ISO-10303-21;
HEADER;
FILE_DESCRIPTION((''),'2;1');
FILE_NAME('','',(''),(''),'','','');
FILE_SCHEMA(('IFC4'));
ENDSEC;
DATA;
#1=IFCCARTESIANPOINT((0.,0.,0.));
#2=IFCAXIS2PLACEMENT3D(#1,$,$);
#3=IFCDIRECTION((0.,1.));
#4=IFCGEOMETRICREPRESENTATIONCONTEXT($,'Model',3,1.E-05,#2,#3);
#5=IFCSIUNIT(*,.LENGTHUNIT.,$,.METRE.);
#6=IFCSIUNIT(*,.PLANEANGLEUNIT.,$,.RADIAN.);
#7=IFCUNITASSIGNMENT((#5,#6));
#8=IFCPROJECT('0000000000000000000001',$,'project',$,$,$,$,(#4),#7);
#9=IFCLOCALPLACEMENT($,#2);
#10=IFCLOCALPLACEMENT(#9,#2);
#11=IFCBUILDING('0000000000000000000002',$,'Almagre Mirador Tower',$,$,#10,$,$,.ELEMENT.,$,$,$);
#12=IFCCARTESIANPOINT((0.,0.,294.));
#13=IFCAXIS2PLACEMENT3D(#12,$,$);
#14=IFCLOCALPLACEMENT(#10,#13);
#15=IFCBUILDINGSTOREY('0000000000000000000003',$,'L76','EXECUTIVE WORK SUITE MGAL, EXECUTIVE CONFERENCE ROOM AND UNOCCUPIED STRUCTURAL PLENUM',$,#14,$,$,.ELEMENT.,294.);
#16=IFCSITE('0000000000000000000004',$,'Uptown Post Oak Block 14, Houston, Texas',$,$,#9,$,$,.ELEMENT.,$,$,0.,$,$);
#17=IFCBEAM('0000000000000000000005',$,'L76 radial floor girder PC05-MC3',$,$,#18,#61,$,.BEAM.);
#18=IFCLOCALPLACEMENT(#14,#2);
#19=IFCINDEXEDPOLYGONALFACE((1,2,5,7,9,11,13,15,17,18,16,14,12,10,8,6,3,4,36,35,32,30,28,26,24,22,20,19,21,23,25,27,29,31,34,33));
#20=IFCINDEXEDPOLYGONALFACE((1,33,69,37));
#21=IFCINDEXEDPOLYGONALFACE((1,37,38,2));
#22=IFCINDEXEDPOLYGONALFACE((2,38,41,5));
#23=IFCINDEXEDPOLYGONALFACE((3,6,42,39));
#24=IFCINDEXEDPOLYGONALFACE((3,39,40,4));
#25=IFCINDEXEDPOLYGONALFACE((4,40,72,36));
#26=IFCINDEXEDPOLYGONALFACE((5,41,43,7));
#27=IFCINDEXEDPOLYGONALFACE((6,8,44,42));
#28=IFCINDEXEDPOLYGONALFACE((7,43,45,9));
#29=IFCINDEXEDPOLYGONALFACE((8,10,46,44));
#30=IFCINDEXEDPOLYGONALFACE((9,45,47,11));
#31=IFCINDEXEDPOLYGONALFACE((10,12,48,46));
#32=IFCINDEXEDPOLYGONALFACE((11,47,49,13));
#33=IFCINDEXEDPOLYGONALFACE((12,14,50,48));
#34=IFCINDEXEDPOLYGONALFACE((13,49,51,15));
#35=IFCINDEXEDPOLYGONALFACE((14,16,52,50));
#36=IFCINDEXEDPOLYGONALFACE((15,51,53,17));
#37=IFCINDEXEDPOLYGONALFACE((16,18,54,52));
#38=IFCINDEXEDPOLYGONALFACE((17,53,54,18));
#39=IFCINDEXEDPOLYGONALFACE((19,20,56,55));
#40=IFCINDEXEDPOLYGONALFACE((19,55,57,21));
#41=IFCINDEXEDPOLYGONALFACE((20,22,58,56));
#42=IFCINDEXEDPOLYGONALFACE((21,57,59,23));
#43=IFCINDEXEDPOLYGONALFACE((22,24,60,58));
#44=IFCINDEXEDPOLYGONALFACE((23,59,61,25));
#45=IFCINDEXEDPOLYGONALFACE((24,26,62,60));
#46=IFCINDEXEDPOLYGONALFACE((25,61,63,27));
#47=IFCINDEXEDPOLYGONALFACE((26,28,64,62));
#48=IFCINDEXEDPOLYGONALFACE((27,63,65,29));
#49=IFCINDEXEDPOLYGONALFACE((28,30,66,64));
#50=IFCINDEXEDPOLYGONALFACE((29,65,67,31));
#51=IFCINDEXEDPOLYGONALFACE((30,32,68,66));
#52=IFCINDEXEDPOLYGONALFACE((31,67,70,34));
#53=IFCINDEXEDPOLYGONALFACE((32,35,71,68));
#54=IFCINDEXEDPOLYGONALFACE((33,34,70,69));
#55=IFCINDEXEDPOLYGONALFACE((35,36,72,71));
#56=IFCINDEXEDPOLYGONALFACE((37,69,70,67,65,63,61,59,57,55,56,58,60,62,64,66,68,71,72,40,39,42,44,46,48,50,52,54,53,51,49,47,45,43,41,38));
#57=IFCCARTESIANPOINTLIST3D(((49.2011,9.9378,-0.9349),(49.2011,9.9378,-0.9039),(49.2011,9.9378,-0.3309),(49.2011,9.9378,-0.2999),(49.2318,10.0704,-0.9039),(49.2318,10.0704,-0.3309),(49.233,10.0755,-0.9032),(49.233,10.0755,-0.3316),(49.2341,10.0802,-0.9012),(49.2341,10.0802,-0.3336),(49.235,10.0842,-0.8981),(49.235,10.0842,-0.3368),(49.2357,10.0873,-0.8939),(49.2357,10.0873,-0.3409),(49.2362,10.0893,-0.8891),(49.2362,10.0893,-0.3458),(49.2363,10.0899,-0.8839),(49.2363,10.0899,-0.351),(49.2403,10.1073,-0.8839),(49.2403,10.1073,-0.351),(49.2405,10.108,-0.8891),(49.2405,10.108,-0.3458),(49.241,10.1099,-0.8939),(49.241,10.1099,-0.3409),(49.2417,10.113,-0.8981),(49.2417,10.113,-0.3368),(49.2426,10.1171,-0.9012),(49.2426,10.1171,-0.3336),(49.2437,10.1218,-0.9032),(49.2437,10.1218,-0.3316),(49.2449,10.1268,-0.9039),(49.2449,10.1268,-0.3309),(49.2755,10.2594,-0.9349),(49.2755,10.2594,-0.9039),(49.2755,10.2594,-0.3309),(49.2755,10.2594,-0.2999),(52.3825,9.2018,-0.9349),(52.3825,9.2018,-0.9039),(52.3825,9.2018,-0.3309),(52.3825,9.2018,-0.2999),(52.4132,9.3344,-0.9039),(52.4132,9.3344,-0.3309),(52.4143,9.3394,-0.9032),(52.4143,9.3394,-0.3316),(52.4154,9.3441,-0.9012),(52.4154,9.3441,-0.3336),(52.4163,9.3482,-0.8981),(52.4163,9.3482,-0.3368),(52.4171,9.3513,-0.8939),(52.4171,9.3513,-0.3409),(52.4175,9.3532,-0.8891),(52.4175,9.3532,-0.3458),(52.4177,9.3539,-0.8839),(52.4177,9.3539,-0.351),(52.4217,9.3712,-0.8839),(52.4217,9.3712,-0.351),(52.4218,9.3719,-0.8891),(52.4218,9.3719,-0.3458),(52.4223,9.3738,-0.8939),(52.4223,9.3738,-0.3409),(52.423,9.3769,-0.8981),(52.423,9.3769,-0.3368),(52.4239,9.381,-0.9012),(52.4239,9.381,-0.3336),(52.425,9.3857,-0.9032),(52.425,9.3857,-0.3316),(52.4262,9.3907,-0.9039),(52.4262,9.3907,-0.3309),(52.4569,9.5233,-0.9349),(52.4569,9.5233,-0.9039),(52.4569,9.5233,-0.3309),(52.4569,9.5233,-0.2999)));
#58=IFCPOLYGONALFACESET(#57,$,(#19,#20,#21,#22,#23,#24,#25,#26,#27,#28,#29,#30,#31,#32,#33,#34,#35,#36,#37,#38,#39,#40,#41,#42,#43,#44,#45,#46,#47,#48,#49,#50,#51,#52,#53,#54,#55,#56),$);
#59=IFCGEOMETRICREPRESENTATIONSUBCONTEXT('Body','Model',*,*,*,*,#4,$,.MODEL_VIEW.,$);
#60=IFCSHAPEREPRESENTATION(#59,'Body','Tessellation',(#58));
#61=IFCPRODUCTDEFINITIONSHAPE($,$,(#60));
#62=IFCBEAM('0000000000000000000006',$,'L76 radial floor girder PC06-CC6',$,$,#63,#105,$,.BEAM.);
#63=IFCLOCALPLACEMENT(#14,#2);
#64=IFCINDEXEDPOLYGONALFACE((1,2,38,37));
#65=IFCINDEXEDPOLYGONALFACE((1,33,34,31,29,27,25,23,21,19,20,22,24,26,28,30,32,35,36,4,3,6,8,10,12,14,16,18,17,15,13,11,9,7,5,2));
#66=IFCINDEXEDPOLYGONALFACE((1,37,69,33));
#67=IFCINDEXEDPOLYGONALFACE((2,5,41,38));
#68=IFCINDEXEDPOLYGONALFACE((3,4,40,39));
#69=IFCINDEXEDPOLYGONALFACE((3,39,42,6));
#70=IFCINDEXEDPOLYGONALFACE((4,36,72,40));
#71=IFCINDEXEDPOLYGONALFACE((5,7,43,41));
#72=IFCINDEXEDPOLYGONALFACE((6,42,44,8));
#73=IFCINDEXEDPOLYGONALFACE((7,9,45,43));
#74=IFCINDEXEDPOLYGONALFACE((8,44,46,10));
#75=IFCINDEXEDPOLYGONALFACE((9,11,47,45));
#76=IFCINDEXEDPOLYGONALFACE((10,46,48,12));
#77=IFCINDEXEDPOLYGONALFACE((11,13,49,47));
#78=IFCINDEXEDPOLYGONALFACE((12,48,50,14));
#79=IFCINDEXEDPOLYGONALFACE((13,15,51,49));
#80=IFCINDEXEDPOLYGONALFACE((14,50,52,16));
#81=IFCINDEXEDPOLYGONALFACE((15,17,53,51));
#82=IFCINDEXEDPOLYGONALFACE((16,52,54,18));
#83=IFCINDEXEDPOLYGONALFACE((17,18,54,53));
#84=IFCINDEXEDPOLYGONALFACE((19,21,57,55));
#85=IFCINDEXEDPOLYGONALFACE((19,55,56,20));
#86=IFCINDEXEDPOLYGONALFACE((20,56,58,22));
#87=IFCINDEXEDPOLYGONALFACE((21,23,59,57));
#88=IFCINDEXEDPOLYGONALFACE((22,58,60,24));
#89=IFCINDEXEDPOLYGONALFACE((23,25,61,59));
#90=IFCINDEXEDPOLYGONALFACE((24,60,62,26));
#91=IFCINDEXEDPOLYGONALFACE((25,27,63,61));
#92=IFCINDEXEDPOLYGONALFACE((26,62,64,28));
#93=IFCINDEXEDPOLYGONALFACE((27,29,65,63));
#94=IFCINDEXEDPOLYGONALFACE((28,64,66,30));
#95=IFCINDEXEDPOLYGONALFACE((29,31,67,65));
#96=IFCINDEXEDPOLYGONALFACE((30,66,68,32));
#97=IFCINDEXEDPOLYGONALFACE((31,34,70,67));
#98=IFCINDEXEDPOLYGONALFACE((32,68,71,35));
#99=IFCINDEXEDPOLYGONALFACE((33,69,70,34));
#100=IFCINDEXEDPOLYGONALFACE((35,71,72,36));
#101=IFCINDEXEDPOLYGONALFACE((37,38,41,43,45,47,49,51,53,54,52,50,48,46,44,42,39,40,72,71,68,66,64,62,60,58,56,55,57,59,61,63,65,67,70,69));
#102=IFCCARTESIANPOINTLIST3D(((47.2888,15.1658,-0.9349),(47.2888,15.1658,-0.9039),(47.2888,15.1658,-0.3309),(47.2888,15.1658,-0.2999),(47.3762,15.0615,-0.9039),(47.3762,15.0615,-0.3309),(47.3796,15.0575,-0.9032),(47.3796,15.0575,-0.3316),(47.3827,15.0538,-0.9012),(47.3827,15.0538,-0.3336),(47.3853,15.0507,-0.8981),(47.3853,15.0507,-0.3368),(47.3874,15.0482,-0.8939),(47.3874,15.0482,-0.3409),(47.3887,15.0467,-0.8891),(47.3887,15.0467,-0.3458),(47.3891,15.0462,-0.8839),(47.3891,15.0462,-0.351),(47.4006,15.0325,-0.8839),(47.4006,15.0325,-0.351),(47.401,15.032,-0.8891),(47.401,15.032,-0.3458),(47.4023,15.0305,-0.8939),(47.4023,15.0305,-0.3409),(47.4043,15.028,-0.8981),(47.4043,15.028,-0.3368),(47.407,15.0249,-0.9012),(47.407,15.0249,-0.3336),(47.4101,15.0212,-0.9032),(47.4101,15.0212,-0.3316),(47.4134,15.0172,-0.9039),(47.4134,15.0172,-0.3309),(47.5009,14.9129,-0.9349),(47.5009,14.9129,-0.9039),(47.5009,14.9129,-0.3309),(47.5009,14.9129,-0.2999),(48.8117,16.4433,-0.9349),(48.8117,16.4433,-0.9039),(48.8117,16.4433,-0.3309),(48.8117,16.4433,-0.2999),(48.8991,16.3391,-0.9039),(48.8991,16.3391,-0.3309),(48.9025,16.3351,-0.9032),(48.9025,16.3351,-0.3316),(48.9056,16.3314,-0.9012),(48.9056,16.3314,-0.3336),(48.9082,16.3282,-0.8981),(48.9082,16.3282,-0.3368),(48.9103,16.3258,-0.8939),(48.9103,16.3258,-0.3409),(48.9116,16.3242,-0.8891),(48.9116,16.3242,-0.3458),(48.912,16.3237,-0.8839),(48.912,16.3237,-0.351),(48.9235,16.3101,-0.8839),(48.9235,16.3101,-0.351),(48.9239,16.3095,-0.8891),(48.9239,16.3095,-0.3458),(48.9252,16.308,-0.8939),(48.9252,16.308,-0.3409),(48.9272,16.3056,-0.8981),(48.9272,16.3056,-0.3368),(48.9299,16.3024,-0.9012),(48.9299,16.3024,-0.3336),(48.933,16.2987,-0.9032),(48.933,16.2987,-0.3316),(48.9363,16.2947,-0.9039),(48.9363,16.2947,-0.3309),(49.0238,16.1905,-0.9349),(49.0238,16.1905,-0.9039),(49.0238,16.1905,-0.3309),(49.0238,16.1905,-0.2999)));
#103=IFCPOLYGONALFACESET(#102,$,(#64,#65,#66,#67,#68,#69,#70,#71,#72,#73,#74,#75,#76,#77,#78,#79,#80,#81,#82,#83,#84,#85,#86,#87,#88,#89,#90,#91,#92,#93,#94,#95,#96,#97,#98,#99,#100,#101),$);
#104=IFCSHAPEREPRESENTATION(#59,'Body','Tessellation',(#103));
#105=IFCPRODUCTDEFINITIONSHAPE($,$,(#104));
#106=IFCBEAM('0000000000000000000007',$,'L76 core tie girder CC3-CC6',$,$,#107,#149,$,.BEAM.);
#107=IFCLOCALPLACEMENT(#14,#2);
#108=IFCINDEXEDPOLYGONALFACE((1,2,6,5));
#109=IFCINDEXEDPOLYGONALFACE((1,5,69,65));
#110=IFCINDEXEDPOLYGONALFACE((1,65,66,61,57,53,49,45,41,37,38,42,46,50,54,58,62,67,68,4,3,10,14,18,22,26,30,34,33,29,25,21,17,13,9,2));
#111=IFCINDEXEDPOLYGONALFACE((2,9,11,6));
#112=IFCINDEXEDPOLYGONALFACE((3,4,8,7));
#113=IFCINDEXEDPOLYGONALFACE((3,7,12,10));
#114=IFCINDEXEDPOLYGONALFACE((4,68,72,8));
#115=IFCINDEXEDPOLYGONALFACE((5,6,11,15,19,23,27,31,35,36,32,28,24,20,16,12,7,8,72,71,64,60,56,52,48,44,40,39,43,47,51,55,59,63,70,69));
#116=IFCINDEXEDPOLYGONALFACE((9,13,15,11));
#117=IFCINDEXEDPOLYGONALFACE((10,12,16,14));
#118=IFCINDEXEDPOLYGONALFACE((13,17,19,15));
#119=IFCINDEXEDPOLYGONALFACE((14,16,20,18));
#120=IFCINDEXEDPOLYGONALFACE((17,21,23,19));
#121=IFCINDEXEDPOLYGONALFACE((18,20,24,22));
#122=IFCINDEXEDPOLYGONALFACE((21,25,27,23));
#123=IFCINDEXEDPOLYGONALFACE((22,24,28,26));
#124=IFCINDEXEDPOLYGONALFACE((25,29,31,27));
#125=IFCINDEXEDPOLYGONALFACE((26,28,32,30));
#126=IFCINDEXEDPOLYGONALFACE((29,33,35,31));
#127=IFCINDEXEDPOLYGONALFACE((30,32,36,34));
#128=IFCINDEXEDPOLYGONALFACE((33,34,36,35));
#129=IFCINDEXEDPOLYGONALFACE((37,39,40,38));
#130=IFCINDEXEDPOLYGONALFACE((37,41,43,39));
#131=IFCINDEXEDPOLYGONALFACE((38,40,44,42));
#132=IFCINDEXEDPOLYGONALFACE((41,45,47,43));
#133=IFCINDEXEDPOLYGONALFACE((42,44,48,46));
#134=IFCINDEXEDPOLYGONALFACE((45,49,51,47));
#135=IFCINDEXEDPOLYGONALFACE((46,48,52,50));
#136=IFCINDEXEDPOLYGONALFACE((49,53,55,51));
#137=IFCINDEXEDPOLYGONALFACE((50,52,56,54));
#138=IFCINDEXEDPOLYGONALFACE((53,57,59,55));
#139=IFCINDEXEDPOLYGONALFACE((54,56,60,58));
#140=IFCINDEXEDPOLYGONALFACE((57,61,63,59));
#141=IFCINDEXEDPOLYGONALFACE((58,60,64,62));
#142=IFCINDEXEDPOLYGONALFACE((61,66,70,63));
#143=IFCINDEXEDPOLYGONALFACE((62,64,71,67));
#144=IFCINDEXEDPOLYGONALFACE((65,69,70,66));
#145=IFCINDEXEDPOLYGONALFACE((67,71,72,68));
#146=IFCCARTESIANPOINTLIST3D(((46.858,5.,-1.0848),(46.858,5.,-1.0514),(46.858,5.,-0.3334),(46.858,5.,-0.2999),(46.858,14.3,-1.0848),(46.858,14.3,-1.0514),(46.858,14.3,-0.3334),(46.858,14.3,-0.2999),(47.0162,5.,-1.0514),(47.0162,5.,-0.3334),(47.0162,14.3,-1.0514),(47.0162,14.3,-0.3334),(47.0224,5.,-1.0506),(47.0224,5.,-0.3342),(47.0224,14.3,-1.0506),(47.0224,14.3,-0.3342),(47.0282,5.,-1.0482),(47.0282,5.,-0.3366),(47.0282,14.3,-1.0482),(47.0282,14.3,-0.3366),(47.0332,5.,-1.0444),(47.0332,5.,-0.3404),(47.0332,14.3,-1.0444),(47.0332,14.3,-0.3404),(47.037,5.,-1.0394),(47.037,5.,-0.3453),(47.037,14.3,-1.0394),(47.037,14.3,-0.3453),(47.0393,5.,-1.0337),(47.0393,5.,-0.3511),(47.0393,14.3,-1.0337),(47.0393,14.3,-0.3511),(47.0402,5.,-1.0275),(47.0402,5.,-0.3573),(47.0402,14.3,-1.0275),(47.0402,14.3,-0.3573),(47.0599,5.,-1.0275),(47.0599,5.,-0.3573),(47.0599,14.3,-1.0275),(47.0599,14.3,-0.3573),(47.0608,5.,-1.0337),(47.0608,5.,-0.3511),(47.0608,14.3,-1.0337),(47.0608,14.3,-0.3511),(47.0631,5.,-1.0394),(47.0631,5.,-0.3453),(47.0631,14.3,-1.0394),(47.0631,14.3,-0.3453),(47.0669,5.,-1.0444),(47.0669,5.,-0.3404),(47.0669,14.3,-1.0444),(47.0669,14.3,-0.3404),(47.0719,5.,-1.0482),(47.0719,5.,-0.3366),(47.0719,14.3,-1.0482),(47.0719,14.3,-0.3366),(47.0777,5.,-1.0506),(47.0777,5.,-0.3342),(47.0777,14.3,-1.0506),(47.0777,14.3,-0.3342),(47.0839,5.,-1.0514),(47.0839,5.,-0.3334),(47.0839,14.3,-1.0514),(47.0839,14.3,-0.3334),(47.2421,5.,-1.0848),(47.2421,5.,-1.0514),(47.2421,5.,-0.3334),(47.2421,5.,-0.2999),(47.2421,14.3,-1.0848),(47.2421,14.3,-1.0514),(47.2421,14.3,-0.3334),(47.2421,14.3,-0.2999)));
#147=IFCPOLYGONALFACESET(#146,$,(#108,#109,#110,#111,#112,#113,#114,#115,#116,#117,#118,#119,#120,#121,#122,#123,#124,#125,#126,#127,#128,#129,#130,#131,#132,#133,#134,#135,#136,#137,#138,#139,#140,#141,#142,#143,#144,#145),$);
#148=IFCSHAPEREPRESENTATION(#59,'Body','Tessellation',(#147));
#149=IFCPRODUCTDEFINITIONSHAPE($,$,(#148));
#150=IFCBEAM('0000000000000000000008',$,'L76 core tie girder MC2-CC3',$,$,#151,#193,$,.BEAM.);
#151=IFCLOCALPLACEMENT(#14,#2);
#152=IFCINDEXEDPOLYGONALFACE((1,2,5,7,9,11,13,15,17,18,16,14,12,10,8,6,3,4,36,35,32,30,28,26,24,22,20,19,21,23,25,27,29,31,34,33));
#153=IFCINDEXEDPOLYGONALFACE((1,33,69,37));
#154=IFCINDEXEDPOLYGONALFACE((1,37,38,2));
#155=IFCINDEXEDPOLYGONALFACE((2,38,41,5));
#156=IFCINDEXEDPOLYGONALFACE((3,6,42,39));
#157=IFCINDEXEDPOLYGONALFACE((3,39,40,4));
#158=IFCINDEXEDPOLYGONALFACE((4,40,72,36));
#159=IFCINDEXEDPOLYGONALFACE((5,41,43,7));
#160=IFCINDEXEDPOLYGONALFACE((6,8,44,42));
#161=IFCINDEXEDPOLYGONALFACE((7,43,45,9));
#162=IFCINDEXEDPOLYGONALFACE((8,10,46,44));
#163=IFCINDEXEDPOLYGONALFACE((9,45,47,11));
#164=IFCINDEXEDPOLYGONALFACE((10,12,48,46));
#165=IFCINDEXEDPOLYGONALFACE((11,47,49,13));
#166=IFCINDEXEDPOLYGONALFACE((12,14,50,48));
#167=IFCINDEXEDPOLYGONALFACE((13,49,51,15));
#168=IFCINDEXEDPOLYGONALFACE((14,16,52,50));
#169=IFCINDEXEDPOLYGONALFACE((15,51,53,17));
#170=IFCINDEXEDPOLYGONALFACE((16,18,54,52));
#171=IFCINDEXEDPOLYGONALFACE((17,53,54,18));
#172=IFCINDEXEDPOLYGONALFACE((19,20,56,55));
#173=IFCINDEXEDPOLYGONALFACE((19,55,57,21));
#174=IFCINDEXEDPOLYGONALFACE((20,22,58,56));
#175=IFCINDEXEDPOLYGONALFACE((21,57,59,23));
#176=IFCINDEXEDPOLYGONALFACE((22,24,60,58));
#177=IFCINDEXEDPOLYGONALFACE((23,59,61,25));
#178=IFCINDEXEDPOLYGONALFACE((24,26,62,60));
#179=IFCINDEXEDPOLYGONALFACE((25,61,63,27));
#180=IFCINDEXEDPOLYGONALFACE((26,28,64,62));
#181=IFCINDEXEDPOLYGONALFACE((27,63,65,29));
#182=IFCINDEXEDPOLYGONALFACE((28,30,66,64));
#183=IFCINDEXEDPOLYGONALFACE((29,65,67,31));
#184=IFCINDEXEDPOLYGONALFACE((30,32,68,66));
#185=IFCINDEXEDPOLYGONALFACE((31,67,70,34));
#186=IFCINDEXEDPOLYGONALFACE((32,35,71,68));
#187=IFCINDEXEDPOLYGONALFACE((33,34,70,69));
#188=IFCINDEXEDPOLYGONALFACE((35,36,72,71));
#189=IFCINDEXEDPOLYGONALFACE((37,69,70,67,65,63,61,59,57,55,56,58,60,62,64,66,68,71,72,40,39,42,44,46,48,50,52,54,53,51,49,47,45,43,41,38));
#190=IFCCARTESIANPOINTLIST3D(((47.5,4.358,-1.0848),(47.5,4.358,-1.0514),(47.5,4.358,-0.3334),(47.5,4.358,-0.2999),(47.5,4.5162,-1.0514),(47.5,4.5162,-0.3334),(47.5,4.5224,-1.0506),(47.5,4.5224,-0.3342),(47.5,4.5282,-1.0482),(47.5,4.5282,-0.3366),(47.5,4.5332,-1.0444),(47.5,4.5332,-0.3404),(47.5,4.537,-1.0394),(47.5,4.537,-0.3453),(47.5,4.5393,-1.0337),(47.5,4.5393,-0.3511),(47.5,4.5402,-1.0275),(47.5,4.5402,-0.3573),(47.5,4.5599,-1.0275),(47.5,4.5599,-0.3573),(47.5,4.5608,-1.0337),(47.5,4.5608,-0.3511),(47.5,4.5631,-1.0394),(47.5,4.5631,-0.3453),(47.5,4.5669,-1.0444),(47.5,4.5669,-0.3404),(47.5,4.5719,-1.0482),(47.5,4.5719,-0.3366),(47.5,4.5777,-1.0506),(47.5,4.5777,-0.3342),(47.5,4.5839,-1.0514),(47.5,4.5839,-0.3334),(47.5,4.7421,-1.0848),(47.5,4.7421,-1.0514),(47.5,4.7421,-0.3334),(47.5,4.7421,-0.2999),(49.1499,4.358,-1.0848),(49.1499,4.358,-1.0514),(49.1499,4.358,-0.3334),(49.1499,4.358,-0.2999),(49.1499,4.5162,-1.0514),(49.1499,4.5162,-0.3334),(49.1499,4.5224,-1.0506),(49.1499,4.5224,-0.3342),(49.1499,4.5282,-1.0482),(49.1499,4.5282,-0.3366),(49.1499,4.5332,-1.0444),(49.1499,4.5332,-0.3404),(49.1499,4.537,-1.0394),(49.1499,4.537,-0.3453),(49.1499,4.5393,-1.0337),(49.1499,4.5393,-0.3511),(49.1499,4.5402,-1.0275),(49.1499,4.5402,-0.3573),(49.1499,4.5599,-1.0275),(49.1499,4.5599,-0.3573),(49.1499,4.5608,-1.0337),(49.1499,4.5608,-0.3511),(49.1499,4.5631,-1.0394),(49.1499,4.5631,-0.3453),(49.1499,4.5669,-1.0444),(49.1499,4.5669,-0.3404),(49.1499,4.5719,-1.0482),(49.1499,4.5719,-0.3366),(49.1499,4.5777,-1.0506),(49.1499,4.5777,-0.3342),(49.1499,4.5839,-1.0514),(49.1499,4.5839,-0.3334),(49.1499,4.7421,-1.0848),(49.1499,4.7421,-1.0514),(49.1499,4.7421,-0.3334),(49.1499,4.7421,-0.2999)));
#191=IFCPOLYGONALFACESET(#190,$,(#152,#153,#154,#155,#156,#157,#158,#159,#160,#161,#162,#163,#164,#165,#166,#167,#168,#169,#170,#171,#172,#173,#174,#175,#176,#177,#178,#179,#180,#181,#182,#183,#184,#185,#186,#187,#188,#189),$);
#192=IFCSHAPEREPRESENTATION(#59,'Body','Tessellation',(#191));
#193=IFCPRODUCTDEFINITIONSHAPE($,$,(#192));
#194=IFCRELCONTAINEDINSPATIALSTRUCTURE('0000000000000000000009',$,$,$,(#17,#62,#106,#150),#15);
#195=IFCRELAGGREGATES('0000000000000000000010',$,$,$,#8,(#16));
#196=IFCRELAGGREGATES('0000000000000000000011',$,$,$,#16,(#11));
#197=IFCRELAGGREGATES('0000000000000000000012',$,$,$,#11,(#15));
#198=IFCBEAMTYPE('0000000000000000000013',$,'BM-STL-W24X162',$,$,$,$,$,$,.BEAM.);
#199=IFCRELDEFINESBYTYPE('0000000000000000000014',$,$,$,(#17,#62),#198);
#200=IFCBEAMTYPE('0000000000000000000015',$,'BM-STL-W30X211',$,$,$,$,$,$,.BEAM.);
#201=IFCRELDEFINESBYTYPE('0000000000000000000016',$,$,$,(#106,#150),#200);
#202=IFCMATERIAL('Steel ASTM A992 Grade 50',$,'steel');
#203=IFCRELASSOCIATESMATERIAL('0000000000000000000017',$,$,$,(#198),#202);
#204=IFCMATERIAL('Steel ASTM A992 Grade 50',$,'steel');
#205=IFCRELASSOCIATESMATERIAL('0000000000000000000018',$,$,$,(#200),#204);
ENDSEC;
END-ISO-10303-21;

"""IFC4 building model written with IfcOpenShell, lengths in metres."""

from ifc_helpers import new_model, si_unit, direction, frame, origin, origin_2d, place, context, subcontext, project, spatial, i_section, extrude, material, material_profile, profile_set, type_object, element, save


model = new_model("IFC4")

# Units and contexts
model_context = context("Model", 3, precision=1e-05, world=origin(), true_north=direction((0.0, 1.0)))
body_context = subcontext(model_context, "Body", "Model", "MODEL_VIEW")
ifc_project = project(units=[si_unit("LENGTHUNIT", "METRE"), si_unit("PLANEANGLEUNIT", "RADIAN")], contexts=[model_context])

# Site, building, storey
site_placement = place(None, origin())
site = spatial("IfcSite", under=ifc_project, at=site_placement, Name="Uptown Post Oak Block 14, Houston, Texas", CompositionType="ELEMENT", RefElevation=0.0)
building_placement = place(site_placement, origin())
building = spatial("IfcBuilding", under=site, at=building_placement, Name="Almagre Mirador Tower", CompositionType="ELEMENT")
storey_placement = place(building_placement, frame((0.0, 0.0, 294.0)))
storey = spatial("IfcBuildingStorey", under=building, at=storey_placement, Name="L76", Description="EXECUTIVE WORK SUITE MGAL, EXECUTIVE CONFERENCE ROOM AND UNOCCUPIED STRUCTURAL PLENUM", CompositionType="ELEMENT", Elevation=294.0)

# Beams
ifc_material_1 = material(Name="Steel ASTM A992 Grade 50", Category="steel")
ifc_material_profile_1 = material_profile(ifc_material_1, i_section(OverallWidth=0.3301, OverallDepth=0.635, WebThickness=0.0178, FlangeThickness=0.031, FilletRadius=0.02, at=origin_2d()), Name="W24X162")
ifc_profile_set_1 = profile_set([ifc_material_profile_1], Name="Steel ASTM A992 Grade 50")
beam_type_1 = type_object("IfcBeamType", Name="BM-STL-W24X162", PredefinedType="BEAM", material=ifc_profile_set_1)
beam_1_placement = place(storey_placement, frame((52.4197, 9.3625, -0.6174), z_axis=(-0.974263, 0.225416, 0.0), x_axis=(-0.225416, -0.974263, 0.0)))
element("IfcBeam", 1, at=beam_1_placement, inside=storey, type_object=beam_type_1, Name="L76 radial floor girder PC05-MC3", PredefinedType="BEAM", context=body_context, shape_type="SweptSolid", body=[
    extrude(i_section(OverallWidth=0.3301, OverallDepth=0.635, WebThickness=0.0178, FlangeThickness=0.031, FilletRadius=0.02, at=origin_2d()), origin(), (0.0, 0.0, 1.0), 3.2654),
])
beam_2_placement = place(storey_placement, frame((48.9177, 16.3169, -0.6174), z_axis=(-0.766123, -0.642694, 0.0), x_axis=(0.642694, -0.766123, 0.0)))
element("IfcBeam", 2, at=beam_2_placement, inside=storey, type_object=beam_type_1, Name="L76 radial floor girder PC06-CC6", PredefinedType="BEAM", context=body_context, shape_type="SweptSolid", body=[
    extrude(i_section(OverallWidth=0.3301, OverallDepth=0.635, WebThickness=0.0178, FlangeThickness=0.031, FilletRadius=0.02, at=origin_2d()), origin(), (0.0, 0.0, 1.0), 1.9878),
])
ifc_material_2 = material(Name="Steel ASTM A992 Grade 50", Category="steel")
ifc_material_profile_2 = material_profile(ifc_material_2, i_section(OverallWidth=0.384, OverallDepth=0.7849, WebThickness=0.0198, FlangeThickness=0.0334, FilletRadius=0.0239, at=origin_2d()), Name="W30X211")
ifc_profile_set_2 = profile_set([ifc_material_profile_2], Name="Steel ASTM A992 Grade 50")
beam_type_2 = type_object("IfcBeamType", Name="BM-STL-W30X211", PredefinedType="BEAM", material=ifc_profile_set_2)
beam_3_placement = place(storey_placement, frame((47.05, 5.0, -0.6924), z_axis=(0.0, 1.0, 0.0), x_axis=(-1.0, 0.0, 0.0)))
element("IfcBeam", 3, at=beam_3_placement, inside=storey, type_object=beam_type_2, Name="L76 core tie girder CC3-CC6", PredefinedType="BEAM", context=body_context, shape_type="SweptSolid", body=[
    extrude(i_section(OverallWidth=0.384, OverallDepth=0.7849, WebThickness=0.0198, FlangeThickness=0.0334, FilletRadius=0.0239, at=origin_2d()), origin(), (0.0, 0.0, 1.0), 9.3),
])
beam_4_placement = place(storey_placement, frame((49.1499, 4.55, -0.6924), z_axis=(-1.0, 0.0, 0.0), x_axis=(0.0, -1.0, 0.0)))
element("IfcBeam", 4, at=beam_4_placement, inside=storey, type_object=beam_type_2, Name="L76 core tie girder MC2-CC3", PredefinedType="BEAM", context=body_context, shape_type="SweptSolid", body=[
    extrude(i_section(OverallWidth=0.384, OverallDepth=0.7849, WebThickness=0.0198, FlangeThickness=0.0334, FilletRadius=0.0239, at=origin_2d()), origin(), (0.0, 0.0, 1.0), 1.6499),
])

save(model, "model.ifc")
